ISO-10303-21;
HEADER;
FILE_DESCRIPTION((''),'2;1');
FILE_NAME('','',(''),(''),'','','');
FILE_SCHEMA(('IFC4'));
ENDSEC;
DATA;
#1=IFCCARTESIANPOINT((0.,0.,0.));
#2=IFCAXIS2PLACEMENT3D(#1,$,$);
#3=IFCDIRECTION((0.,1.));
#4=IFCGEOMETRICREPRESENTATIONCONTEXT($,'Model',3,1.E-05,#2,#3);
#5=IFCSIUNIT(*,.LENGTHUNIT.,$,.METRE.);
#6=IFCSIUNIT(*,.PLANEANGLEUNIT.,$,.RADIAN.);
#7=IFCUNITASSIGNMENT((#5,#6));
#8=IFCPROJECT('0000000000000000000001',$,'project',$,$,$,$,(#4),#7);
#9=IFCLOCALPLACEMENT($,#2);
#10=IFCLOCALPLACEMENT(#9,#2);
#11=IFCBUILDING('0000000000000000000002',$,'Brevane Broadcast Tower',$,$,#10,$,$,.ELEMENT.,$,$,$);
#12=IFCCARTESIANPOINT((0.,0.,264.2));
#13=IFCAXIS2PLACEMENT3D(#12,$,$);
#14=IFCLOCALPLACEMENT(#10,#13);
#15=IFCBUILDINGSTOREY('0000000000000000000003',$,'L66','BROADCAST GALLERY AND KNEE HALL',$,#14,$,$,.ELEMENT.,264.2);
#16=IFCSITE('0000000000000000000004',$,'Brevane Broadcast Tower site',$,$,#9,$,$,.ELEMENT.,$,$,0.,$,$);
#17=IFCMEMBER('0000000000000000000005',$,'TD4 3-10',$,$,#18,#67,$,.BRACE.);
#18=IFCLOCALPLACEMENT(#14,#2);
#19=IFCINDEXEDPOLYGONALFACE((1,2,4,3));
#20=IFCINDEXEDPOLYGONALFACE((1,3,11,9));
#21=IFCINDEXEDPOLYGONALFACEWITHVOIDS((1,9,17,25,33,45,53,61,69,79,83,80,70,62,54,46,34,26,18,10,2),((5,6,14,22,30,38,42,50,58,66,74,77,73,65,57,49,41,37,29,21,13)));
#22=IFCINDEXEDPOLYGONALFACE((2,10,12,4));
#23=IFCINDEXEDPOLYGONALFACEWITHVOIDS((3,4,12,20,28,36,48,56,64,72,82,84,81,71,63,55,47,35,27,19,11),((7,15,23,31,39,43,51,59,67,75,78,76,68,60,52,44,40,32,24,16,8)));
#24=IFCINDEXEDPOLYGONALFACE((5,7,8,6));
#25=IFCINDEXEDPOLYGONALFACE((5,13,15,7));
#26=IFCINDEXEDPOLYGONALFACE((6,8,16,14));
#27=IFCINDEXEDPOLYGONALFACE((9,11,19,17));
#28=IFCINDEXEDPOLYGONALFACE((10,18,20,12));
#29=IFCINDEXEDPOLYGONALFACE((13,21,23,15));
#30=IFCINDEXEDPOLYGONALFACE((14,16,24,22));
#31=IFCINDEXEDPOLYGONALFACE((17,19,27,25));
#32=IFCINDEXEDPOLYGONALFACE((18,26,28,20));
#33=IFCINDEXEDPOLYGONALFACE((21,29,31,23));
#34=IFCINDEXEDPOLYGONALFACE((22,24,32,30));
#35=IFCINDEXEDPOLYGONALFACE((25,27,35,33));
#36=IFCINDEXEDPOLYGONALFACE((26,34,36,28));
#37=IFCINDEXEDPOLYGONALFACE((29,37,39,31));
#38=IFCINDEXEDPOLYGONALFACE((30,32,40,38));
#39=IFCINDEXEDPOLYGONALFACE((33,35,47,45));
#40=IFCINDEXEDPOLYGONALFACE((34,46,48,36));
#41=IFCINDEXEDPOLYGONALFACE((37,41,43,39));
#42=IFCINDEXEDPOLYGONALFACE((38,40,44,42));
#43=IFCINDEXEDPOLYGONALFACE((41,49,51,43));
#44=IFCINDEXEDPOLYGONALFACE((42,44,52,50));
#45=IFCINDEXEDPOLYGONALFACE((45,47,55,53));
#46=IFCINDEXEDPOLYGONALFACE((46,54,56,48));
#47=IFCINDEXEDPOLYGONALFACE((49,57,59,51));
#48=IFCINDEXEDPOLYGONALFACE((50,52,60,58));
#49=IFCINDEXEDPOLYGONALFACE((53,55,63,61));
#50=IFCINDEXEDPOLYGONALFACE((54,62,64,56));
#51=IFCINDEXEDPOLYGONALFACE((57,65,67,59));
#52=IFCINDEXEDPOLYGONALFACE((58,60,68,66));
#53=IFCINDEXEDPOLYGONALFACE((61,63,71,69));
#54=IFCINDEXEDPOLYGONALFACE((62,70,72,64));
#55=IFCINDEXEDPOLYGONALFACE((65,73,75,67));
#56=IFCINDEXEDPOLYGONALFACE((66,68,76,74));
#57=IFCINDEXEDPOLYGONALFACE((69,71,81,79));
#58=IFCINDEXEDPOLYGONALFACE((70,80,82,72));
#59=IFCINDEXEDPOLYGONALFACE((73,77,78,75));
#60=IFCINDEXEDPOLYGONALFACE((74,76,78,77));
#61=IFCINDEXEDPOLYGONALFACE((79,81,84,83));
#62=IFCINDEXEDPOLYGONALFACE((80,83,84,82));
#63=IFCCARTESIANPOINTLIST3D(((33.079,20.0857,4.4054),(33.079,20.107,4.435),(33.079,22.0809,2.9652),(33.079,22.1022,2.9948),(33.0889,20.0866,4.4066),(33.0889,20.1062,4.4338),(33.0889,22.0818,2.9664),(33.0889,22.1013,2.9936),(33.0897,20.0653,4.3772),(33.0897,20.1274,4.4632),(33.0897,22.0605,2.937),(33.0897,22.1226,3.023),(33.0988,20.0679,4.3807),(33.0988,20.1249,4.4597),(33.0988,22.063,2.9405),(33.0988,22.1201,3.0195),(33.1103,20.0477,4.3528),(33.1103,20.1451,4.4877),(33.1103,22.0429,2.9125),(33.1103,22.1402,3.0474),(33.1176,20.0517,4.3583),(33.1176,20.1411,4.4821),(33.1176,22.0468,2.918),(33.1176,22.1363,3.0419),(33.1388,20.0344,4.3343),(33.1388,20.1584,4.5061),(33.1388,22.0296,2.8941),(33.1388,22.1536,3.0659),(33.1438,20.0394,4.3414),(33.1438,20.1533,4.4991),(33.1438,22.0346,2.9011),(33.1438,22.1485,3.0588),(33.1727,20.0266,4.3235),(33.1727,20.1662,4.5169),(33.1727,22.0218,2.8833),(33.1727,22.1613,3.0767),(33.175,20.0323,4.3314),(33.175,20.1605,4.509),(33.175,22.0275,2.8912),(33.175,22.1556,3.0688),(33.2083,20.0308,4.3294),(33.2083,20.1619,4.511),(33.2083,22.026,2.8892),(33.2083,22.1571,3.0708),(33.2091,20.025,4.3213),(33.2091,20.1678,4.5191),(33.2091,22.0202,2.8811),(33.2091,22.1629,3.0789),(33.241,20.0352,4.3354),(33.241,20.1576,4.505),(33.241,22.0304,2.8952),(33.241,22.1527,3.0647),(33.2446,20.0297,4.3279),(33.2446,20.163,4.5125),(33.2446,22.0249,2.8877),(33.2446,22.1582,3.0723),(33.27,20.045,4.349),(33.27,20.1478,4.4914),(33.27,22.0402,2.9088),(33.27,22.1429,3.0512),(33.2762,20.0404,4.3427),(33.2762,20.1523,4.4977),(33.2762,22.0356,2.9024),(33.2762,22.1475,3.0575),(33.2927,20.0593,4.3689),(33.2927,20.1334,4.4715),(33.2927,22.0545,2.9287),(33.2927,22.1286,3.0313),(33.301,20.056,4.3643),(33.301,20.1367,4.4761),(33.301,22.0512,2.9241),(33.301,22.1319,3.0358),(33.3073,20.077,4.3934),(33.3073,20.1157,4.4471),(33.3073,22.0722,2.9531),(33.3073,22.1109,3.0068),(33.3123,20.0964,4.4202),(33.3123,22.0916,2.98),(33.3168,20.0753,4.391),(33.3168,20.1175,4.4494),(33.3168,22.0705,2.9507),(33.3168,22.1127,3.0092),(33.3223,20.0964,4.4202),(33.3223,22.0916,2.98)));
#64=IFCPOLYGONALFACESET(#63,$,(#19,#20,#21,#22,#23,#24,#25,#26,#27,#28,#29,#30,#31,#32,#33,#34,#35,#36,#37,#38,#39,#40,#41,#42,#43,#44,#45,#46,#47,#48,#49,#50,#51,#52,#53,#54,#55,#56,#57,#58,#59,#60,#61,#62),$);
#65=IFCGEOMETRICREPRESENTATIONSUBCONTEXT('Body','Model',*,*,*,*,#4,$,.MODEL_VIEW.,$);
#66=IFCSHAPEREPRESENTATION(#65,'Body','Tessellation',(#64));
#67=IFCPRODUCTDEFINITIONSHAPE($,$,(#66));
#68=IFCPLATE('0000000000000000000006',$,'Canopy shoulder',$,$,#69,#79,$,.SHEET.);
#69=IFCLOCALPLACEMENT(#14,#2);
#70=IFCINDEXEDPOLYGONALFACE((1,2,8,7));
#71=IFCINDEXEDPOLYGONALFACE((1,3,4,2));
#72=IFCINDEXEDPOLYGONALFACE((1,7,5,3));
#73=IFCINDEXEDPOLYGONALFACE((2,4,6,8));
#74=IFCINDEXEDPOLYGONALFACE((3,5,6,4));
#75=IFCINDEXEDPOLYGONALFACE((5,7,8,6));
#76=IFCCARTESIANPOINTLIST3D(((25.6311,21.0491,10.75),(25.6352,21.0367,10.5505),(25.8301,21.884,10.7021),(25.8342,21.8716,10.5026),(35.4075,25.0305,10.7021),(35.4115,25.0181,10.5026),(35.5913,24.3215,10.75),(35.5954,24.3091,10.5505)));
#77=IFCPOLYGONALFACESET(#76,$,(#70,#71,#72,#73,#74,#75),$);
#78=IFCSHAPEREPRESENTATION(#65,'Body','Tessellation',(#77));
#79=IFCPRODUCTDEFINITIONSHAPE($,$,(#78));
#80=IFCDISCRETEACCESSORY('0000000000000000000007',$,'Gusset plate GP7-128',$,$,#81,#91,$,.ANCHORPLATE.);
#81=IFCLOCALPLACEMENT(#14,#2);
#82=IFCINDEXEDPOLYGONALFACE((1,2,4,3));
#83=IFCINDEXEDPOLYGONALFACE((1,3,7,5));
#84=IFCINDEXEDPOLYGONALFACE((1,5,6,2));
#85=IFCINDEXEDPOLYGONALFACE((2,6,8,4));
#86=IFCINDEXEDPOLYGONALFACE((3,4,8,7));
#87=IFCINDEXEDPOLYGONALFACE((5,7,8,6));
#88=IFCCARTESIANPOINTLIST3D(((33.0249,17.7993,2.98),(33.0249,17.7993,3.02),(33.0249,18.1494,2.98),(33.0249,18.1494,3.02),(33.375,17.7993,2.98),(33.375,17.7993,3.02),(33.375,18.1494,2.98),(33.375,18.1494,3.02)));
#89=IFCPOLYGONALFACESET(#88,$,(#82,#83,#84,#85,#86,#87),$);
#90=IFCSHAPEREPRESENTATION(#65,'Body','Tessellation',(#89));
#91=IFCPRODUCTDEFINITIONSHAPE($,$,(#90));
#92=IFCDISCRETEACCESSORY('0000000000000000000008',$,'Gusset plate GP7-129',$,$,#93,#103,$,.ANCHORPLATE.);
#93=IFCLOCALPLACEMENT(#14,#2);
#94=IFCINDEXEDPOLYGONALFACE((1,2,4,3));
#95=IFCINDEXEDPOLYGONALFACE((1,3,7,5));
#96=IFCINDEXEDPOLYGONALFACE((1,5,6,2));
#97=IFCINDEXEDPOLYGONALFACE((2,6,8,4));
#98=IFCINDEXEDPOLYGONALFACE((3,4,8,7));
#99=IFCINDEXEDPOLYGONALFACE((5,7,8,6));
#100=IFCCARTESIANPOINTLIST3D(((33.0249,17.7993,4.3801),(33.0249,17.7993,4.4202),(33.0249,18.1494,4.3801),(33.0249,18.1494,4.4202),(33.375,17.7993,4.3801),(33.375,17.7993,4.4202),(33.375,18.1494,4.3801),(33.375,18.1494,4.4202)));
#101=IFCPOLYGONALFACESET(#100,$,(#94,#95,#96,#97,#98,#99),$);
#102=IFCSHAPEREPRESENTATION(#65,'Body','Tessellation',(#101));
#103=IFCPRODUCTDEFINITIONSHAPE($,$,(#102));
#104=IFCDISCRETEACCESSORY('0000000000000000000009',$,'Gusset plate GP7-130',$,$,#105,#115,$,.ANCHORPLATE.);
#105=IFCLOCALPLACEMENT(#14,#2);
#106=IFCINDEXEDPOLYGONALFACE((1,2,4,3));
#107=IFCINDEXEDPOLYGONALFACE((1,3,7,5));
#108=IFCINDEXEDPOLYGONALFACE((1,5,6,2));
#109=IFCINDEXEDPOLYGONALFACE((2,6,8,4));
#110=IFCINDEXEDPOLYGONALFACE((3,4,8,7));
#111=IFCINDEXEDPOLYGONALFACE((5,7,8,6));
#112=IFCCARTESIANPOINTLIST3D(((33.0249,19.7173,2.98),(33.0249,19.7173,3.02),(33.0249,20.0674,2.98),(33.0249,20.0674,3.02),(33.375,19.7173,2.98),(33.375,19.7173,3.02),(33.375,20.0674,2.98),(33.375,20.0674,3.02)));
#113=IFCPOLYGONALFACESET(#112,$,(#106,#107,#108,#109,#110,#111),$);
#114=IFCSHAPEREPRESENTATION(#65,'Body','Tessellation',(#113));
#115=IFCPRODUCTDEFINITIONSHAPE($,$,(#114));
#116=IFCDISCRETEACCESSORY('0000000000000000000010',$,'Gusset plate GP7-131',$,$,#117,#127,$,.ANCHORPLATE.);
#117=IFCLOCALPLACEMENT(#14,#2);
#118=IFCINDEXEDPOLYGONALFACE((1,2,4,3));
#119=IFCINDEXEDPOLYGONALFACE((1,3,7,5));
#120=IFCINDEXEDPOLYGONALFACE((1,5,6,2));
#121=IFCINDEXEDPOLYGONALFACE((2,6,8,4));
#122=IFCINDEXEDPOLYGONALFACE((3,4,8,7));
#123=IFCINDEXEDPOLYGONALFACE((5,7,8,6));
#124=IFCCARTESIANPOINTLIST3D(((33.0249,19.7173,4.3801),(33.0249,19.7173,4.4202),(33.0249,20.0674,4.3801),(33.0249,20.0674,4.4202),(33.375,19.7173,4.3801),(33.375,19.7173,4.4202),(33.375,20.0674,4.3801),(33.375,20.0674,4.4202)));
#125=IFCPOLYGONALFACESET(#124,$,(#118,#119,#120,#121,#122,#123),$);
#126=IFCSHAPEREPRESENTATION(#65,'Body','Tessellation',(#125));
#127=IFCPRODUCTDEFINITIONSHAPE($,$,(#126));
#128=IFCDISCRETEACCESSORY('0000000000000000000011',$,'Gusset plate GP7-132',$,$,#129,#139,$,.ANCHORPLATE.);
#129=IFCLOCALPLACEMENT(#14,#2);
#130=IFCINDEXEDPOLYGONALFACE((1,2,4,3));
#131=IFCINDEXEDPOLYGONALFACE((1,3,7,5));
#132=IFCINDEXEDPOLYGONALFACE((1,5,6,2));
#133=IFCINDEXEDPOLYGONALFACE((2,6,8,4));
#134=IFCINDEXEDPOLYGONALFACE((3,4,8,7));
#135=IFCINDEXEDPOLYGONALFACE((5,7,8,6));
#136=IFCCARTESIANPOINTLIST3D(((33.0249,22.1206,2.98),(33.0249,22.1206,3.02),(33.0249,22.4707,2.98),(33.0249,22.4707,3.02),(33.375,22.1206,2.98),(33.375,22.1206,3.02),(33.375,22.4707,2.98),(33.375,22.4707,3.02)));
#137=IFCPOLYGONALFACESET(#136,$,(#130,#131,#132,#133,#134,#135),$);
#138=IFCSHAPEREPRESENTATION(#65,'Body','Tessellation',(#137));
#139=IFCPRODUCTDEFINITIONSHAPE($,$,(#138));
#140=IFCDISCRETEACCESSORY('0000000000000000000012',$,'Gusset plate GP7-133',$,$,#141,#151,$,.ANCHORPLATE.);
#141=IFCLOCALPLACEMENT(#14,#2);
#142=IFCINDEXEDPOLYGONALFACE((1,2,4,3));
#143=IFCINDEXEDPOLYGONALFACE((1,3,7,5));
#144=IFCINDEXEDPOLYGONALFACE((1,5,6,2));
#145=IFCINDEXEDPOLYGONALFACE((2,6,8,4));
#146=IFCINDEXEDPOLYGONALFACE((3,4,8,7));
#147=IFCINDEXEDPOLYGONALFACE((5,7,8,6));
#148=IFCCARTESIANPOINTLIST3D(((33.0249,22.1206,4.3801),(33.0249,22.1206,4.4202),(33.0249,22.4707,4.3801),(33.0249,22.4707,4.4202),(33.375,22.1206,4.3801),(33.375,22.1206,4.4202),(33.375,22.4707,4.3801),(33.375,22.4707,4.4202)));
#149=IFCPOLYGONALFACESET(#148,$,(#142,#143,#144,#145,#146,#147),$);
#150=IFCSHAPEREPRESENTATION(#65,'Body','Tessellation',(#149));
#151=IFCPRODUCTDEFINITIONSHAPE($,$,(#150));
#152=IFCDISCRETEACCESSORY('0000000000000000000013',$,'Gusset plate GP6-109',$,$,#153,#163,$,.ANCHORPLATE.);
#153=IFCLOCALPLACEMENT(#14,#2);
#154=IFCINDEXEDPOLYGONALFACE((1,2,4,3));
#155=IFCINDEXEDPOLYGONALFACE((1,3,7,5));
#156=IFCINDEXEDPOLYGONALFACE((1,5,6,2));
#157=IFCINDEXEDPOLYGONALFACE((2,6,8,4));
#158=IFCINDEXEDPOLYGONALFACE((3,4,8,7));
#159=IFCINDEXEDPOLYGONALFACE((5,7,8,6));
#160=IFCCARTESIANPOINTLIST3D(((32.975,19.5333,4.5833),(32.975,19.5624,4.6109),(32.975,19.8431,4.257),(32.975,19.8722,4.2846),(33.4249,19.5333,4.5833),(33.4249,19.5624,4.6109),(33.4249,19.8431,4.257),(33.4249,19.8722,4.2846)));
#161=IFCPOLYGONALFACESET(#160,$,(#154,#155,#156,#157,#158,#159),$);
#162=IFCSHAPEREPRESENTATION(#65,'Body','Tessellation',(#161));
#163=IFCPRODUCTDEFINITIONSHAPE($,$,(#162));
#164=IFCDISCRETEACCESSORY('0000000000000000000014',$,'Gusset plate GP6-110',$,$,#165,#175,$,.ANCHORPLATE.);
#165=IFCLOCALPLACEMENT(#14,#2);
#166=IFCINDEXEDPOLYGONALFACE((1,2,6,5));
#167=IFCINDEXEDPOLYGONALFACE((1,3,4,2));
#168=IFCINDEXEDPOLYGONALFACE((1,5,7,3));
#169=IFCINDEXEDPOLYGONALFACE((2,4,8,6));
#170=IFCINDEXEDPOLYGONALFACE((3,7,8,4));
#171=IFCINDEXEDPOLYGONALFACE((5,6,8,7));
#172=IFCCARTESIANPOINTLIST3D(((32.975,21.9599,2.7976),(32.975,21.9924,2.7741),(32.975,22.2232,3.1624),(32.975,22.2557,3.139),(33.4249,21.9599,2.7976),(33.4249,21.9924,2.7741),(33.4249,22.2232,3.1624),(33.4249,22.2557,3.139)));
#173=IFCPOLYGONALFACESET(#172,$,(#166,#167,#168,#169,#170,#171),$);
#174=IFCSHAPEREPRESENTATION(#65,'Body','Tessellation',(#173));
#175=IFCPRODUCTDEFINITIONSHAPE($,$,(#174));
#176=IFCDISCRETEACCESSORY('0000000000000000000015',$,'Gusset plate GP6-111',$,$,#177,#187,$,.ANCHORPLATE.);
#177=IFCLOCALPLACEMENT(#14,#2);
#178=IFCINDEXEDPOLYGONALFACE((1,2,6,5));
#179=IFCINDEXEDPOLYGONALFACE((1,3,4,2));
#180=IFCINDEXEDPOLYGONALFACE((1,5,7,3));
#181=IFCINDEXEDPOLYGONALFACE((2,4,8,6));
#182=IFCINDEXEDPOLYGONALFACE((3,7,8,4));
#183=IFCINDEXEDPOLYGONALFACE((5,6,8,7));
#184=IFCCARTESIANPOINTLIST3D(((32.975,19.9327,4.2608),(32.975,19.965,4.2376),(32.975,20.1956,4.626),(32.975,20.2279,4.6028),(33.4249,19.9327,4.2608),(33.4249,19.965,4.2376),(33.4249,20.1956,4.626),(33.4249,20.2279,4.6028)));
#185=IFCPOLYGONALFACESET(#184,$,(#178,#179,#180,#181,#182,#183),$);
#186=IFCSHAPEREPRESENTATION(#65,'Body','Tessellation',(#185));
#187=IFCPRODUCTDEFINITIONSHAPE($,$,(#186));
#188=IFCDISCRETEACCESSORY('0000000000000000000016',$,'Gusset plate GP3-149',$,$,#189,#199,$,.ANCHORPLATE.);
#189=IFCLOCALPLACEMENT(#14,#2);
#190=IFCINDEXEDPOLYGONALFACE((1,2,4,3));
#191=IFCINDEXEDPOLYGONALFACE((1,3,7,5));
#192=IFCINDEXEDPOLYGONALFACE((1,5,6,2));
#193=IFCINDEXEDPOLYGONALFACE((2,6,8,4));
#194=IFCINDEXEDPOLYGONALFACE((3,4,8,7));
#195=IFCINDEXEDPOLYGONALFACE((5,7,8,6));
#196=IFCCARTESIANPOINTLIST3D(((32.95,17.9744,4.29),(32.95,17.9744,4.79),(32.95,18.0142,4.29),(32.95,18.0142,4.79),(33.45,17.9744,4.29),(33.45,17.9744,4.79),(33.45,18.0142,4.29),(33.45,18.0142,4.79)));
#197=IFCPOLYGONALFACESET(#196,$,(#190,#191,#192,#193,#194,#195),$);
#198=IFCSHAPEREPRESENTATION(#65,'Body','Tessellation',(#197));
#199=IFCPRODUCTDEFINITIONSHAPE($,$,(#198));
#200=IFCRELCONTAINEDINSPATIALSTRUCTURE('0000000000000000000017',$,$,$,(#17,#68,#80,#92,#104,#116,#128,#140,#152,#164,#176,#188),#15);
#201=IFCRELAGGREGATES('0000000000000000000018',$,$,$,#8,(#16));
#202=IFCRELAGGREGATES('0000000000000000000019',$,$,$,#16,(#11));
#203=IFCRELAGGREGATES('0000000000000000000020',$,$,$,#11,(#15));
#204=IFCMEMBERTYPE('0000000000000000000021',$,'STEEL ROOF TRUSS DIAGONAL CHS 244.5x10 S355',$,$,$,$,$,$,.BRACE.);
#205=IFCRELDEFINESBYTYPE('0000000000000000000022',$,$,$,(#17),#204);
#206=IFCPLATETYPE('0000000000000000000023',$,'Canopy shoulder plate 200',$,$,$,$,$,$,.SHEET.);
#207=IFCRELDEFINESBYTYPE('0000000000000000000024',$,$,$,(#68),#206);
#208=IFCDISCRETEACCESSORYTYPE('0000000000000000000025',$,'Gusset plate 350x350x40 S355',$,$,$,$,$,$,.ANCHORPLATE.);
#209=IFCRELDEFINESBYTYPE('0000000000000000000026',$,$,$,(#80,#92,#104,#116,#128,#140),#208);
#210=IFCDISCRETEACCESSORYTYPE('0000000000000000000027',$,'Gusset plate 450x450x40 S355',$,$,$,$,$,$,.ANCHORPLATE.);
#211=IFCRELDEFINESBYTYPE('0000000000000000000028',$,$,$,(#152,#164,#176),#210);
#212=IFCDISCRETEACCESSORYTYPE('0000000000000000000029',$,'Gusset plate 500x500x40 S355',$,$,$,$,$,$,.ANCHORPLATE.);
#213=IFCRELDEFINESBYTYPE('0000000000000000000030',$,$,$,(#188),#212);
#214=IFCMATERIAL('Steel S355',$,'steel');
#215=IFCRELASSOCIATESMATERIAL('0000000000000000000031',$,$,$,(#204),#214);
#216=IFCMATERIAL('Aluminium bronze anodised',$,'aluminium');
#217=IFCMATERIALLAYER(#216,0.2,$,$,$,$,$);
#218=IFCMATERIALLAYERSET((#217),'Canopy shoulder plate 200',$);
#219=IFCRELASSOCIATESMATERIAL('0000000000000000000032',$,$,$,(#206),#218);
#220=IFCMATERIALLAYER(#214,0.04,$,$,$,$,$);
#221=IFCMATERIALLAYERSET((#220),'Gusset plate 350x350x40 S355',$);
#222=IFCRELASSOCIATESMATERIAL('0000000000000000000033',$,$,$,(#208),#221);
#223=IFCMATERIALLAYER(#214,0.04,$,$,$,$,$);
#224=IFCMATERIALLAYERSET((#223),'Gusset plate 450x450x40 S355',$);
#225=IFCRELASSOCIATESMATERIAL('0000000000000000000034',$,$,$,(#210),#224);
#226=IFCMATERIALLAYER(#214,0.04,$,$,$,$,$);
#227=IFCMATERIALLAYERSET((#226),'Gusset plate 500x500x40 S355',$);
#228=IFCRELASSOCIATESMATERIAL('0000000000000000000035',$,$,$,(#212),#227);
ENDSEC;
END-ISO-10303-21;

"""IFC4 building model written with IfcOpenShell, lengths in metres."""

from ifc_helpers import new_model, si_unit, direction, frame, origin, origin_2d, place, context, subcontext, project, spatial, polyline, rectangle, hollow_circle, outline, extrude, material, layer, layer_set, material_profile, profile_set, type_object, element, save


model = new_model("IFC4")

# Units and contexts
model_context = context("Model", 3, precision=1e-05, world=origin(), true_north=direction((0.0, 1.0)))
body_context = subcontext(model_context, "Body", "Model", "MODEL_VIEW")
ifc_project = project(units=[si_unit("LENGTHUNIT", "METRE"), si_unit("PLANEANGLEUNIT", "RADIAN")], contexts=[model_context])

# Site, building, storey
site_placement = place(None, origin())
site = spatial("IfcSite", under=ifc_project, at=site_placement, Name="Brevane Broadcast Tower site", CompositionType="ELEMENT", RefElevation=0.0)
building_placement = place(site_placement, origin())
building = spatial("IfcBuilding", under=site, at=building_placement, Name="Brevane Broadcast Tower", CompositionType="ELEMENT")
storey_placement = place(building_placement, frame((0.0, 0.0, 264.2)))
storey = spatial("IfcBuildingStorey", under=building, at=storey_placement, Name="L66", Description="BROADCAST GALLERY AND KNEE HALL", CompositionType="ELEMENT", Elevation=264.2)

# Shared definitions
ifc_material_1 = material(Name="Steel S355", Category="steel")

# Member
ifc_material_profile_1 = material_profile(ifc_material_1, hollow_circle(Radius=0.1223, WallThickness=0.01, at=origin_2d()), Name="CHS 244.5x10")
ifc_profile_set_1 = profile_set([ifc_material_profile_1], Name="Steel S355")
member_type_1 = type_object("IfcMemberType", Name="STEEL ROOF TRUSS DIAGONAL CHS 244.5x10 S355", PredefinedType="BRACE", material=ifc_profile_set_1)
member_1_placement = place(storey_placement, frame((33.2, 22.0916, 2.98), z_axis=(0.0, -0.81082, 0.585295), x_axis=(1.0, 0.0, 0.0)))
element("IfcMember", 1, at=member_1_placement, inside=storey, type_object=member_type_1, Name="TD4 3-10", PredefinedType="BRACE", context=body_context, shape_type="SweptSolid", body=[
    extrude(hollow_circle(Radius=0.1223, WallThickness=0.01, at=origin_2d()), origin(), (0.0, 0.0, 1.0), 2.4607),
])

# Plate
ifc_material_2 = material(Name="Aluminium bronze anodised", Category="aluminium")
ifc_layer_1 = layer(ifc_material_2, 0.2)
ifc_layer_set_1 = layer_set([ifc_layer_1], Name="Canopy shoulder plate 200")
plate_type = type_object("IfcPlateType", Name="Canopy shoulder plate 200", PredefinedType="SHEET", material=ifc_layer_set_1)
plate_placement = place(storey_placement, frame((35.4075, 25.0305, 10.7021), z_axis=(-0.020387, 0.062054, 0.997865), x_axis=(-0.950043, -0.31212, -0.000001)))
element("IfcPlate", 2, at=plate_placement, inside=storey, type_object=plate_type, Name="Canopy shoulder", PredefinedType="SHEET", context=body_context, shape_type="SweptSolid", body=[
    extrude(outline(polyline([(0.0, 0.0), (10.081, 0.0), (10.5307, 0.7327), (0.0466, 0.7325), (0.0, 0.0)])), origin(), (0.0, 0.0, -1.0), 0.2),
])

# Discrete accessories
ifc_layer_2 = layer(ifc_material_1, 0.04)
ifc_layer_set_2 = layer_set([ifc_layer_2], Name="Gusset plate 350x350x40 S355")
discrete_accessory_type_1 = type_object("IfcDiscreteAccessoryType", Name="Gusset plate 350x350x40 S355", PredefinedType="ANCHORPLATE", material=ifc_layer_set_2)
for number, where, z_axis, x_axis, name in (
    (3, (33.2, 17.9744, 2.98), (0.0, 0.0, 1.0), (1.0, 0.0, 0.0), "Gusset plate GP7-128"),
    (4, (33.2, 17.9744, 4.3801), (0.0, 0.0, 1.0), (1.0, 0.0, 0.0), "Gusset plate GP7-129"),
    (5, (33.2, 19.8923, 2.98), (0.0, 0.0, 1.0), (1.0, 0.0, 0.0), "Gusset plate GP7-130"),
    (6, (33.2, 19.8923, 4.3801), (0.0, 0.0, 1.0), (1.0, 0.0, 0.0), "Gusset plate GP7-131"),
    (7, (33.2, 22.2957, 2.98), (0.0, 0.0, 1.0), (1.0, 0.0, 0.0), "Gusset plate GP7-132"),
    (8, (33.2, 22.2957, 4.3801), (0.0, 0.0, 1.0), (1.0, 0.0, 0.0), "Gusset plate GP7-133"),
):
    element("IfcDiscreteAccessory", number, at=place(storey_placement, frame(where, z_axis=z_axis, x_axis=x_axis)), inside=storey, type_object=discrete_accessory_type_1, Name=name, PredefinedType="ANCHORPLATE", context=body_context, shape_type="SweptSolid", body=[
        extrude(rectangle(XDim=0.3501, YDim=0.3501, at=origin_2d()), origin(), (0.0, 0.0, 1.0), 0.04),
    ])
ifc_layer_3 = layer(ifc_material_1, 0.04)
ifc_layer_set_3 = layer_set([ifc_layer_3], Name="Gusset plate 450x450x40 S355")
discrete_accessory_type_2 = type_object("IfcDiscreteAccessoryType", Name="Gusset plate 450x450x40 S355", PredefinedType="ANCHORPLATE", material=ifc_layer_set_3)
for number, where, z_axis, x_axis, name in (
    (9, (33.2, 19.6882, 4.4202), (0.0, 0.725152, 0.688589), (-1.0, 0.0, 0.0), "Gusset plate GP6-109"),
    (10, (33.2, 22.124, 2.9565), (0.0, -0.81084, 0.585268), (1.0, 0.0, 0.0), "Gusset plate GP6-110"),
):
    element("IfcDiscreteAccessory", number, at=place(storey_placement, frame(where, z_axis=z_axis, x_axis=x_axis)), inside=storey, type_object=discrete_accessory_type_2, Name=name, PredefinedType="ANCHORPLATE", context=body_context, shape_type="SweptSolid", body=[
        extrude(rectangle(XDim=0.45, YDim=0.45, at=origin_2d()), origin(), (0.0, 0.0, 1.0), 0.04),
    ])
discrete_accessory_1_placement = place(storey_placement, frame((33.2, 20.0964, 4.4202), z_axis=(0.0, -0.811651, 0.584143), x_axis=(1.0, 0.0, 0.0)))
element("IfcDiscreteAccessory", 11, at=discrete_accessory_1_placement, inside=storey, type_object=discrete_accessory_type_2, Name="Gusset plate GP6-111", PredefinedType="ANCHORPLATE", context=body_context, shape_type="SweptSolid", body=[
    extrude(rectangle(XDim=0.45, YDim=0.45, at=origin_2d()), origin(), (0.0, 0.0, 1.0), 0.0398),
])
ifc_layer_4 = layer(ifc_material_1, 0.04)
ifc_layer_set_4 = layer_set([ifc_layer_4], Name="Gusset plate 500x500x40 S355")
discrete_accessory_type_3 = type_object("IfcDiscreteAccessoryType", Name="Gusset plate 500x500x40 S355", PredefinedType="ANCHORPLATE", material=ifc_layer_set_4)
discrete_accessory_2_placement = place(storey_placement, frame((33.2, 17.9744, 4.54), z_axis=(0.0, 1.0, 0.0), x_axis=(-1.0, 0.0, 0.0)))
element("IfcDiscreteAccessory", 12, at=discrete_accessory_2_placement, inside=storey, type_object=discrete_accessory_type_3, Name="Gusset plate GP3-149", PredefinedType="ANCHORPLATE", context=body_context, shape_type="SweptSolid", body=[
    extrude(rectangle(XDim=0.5, YDim=0.5, at=origin_2d()), origin(), (0.0, 0.0, 1.0), 0.0398),
])

save(model, "model.ifc")
